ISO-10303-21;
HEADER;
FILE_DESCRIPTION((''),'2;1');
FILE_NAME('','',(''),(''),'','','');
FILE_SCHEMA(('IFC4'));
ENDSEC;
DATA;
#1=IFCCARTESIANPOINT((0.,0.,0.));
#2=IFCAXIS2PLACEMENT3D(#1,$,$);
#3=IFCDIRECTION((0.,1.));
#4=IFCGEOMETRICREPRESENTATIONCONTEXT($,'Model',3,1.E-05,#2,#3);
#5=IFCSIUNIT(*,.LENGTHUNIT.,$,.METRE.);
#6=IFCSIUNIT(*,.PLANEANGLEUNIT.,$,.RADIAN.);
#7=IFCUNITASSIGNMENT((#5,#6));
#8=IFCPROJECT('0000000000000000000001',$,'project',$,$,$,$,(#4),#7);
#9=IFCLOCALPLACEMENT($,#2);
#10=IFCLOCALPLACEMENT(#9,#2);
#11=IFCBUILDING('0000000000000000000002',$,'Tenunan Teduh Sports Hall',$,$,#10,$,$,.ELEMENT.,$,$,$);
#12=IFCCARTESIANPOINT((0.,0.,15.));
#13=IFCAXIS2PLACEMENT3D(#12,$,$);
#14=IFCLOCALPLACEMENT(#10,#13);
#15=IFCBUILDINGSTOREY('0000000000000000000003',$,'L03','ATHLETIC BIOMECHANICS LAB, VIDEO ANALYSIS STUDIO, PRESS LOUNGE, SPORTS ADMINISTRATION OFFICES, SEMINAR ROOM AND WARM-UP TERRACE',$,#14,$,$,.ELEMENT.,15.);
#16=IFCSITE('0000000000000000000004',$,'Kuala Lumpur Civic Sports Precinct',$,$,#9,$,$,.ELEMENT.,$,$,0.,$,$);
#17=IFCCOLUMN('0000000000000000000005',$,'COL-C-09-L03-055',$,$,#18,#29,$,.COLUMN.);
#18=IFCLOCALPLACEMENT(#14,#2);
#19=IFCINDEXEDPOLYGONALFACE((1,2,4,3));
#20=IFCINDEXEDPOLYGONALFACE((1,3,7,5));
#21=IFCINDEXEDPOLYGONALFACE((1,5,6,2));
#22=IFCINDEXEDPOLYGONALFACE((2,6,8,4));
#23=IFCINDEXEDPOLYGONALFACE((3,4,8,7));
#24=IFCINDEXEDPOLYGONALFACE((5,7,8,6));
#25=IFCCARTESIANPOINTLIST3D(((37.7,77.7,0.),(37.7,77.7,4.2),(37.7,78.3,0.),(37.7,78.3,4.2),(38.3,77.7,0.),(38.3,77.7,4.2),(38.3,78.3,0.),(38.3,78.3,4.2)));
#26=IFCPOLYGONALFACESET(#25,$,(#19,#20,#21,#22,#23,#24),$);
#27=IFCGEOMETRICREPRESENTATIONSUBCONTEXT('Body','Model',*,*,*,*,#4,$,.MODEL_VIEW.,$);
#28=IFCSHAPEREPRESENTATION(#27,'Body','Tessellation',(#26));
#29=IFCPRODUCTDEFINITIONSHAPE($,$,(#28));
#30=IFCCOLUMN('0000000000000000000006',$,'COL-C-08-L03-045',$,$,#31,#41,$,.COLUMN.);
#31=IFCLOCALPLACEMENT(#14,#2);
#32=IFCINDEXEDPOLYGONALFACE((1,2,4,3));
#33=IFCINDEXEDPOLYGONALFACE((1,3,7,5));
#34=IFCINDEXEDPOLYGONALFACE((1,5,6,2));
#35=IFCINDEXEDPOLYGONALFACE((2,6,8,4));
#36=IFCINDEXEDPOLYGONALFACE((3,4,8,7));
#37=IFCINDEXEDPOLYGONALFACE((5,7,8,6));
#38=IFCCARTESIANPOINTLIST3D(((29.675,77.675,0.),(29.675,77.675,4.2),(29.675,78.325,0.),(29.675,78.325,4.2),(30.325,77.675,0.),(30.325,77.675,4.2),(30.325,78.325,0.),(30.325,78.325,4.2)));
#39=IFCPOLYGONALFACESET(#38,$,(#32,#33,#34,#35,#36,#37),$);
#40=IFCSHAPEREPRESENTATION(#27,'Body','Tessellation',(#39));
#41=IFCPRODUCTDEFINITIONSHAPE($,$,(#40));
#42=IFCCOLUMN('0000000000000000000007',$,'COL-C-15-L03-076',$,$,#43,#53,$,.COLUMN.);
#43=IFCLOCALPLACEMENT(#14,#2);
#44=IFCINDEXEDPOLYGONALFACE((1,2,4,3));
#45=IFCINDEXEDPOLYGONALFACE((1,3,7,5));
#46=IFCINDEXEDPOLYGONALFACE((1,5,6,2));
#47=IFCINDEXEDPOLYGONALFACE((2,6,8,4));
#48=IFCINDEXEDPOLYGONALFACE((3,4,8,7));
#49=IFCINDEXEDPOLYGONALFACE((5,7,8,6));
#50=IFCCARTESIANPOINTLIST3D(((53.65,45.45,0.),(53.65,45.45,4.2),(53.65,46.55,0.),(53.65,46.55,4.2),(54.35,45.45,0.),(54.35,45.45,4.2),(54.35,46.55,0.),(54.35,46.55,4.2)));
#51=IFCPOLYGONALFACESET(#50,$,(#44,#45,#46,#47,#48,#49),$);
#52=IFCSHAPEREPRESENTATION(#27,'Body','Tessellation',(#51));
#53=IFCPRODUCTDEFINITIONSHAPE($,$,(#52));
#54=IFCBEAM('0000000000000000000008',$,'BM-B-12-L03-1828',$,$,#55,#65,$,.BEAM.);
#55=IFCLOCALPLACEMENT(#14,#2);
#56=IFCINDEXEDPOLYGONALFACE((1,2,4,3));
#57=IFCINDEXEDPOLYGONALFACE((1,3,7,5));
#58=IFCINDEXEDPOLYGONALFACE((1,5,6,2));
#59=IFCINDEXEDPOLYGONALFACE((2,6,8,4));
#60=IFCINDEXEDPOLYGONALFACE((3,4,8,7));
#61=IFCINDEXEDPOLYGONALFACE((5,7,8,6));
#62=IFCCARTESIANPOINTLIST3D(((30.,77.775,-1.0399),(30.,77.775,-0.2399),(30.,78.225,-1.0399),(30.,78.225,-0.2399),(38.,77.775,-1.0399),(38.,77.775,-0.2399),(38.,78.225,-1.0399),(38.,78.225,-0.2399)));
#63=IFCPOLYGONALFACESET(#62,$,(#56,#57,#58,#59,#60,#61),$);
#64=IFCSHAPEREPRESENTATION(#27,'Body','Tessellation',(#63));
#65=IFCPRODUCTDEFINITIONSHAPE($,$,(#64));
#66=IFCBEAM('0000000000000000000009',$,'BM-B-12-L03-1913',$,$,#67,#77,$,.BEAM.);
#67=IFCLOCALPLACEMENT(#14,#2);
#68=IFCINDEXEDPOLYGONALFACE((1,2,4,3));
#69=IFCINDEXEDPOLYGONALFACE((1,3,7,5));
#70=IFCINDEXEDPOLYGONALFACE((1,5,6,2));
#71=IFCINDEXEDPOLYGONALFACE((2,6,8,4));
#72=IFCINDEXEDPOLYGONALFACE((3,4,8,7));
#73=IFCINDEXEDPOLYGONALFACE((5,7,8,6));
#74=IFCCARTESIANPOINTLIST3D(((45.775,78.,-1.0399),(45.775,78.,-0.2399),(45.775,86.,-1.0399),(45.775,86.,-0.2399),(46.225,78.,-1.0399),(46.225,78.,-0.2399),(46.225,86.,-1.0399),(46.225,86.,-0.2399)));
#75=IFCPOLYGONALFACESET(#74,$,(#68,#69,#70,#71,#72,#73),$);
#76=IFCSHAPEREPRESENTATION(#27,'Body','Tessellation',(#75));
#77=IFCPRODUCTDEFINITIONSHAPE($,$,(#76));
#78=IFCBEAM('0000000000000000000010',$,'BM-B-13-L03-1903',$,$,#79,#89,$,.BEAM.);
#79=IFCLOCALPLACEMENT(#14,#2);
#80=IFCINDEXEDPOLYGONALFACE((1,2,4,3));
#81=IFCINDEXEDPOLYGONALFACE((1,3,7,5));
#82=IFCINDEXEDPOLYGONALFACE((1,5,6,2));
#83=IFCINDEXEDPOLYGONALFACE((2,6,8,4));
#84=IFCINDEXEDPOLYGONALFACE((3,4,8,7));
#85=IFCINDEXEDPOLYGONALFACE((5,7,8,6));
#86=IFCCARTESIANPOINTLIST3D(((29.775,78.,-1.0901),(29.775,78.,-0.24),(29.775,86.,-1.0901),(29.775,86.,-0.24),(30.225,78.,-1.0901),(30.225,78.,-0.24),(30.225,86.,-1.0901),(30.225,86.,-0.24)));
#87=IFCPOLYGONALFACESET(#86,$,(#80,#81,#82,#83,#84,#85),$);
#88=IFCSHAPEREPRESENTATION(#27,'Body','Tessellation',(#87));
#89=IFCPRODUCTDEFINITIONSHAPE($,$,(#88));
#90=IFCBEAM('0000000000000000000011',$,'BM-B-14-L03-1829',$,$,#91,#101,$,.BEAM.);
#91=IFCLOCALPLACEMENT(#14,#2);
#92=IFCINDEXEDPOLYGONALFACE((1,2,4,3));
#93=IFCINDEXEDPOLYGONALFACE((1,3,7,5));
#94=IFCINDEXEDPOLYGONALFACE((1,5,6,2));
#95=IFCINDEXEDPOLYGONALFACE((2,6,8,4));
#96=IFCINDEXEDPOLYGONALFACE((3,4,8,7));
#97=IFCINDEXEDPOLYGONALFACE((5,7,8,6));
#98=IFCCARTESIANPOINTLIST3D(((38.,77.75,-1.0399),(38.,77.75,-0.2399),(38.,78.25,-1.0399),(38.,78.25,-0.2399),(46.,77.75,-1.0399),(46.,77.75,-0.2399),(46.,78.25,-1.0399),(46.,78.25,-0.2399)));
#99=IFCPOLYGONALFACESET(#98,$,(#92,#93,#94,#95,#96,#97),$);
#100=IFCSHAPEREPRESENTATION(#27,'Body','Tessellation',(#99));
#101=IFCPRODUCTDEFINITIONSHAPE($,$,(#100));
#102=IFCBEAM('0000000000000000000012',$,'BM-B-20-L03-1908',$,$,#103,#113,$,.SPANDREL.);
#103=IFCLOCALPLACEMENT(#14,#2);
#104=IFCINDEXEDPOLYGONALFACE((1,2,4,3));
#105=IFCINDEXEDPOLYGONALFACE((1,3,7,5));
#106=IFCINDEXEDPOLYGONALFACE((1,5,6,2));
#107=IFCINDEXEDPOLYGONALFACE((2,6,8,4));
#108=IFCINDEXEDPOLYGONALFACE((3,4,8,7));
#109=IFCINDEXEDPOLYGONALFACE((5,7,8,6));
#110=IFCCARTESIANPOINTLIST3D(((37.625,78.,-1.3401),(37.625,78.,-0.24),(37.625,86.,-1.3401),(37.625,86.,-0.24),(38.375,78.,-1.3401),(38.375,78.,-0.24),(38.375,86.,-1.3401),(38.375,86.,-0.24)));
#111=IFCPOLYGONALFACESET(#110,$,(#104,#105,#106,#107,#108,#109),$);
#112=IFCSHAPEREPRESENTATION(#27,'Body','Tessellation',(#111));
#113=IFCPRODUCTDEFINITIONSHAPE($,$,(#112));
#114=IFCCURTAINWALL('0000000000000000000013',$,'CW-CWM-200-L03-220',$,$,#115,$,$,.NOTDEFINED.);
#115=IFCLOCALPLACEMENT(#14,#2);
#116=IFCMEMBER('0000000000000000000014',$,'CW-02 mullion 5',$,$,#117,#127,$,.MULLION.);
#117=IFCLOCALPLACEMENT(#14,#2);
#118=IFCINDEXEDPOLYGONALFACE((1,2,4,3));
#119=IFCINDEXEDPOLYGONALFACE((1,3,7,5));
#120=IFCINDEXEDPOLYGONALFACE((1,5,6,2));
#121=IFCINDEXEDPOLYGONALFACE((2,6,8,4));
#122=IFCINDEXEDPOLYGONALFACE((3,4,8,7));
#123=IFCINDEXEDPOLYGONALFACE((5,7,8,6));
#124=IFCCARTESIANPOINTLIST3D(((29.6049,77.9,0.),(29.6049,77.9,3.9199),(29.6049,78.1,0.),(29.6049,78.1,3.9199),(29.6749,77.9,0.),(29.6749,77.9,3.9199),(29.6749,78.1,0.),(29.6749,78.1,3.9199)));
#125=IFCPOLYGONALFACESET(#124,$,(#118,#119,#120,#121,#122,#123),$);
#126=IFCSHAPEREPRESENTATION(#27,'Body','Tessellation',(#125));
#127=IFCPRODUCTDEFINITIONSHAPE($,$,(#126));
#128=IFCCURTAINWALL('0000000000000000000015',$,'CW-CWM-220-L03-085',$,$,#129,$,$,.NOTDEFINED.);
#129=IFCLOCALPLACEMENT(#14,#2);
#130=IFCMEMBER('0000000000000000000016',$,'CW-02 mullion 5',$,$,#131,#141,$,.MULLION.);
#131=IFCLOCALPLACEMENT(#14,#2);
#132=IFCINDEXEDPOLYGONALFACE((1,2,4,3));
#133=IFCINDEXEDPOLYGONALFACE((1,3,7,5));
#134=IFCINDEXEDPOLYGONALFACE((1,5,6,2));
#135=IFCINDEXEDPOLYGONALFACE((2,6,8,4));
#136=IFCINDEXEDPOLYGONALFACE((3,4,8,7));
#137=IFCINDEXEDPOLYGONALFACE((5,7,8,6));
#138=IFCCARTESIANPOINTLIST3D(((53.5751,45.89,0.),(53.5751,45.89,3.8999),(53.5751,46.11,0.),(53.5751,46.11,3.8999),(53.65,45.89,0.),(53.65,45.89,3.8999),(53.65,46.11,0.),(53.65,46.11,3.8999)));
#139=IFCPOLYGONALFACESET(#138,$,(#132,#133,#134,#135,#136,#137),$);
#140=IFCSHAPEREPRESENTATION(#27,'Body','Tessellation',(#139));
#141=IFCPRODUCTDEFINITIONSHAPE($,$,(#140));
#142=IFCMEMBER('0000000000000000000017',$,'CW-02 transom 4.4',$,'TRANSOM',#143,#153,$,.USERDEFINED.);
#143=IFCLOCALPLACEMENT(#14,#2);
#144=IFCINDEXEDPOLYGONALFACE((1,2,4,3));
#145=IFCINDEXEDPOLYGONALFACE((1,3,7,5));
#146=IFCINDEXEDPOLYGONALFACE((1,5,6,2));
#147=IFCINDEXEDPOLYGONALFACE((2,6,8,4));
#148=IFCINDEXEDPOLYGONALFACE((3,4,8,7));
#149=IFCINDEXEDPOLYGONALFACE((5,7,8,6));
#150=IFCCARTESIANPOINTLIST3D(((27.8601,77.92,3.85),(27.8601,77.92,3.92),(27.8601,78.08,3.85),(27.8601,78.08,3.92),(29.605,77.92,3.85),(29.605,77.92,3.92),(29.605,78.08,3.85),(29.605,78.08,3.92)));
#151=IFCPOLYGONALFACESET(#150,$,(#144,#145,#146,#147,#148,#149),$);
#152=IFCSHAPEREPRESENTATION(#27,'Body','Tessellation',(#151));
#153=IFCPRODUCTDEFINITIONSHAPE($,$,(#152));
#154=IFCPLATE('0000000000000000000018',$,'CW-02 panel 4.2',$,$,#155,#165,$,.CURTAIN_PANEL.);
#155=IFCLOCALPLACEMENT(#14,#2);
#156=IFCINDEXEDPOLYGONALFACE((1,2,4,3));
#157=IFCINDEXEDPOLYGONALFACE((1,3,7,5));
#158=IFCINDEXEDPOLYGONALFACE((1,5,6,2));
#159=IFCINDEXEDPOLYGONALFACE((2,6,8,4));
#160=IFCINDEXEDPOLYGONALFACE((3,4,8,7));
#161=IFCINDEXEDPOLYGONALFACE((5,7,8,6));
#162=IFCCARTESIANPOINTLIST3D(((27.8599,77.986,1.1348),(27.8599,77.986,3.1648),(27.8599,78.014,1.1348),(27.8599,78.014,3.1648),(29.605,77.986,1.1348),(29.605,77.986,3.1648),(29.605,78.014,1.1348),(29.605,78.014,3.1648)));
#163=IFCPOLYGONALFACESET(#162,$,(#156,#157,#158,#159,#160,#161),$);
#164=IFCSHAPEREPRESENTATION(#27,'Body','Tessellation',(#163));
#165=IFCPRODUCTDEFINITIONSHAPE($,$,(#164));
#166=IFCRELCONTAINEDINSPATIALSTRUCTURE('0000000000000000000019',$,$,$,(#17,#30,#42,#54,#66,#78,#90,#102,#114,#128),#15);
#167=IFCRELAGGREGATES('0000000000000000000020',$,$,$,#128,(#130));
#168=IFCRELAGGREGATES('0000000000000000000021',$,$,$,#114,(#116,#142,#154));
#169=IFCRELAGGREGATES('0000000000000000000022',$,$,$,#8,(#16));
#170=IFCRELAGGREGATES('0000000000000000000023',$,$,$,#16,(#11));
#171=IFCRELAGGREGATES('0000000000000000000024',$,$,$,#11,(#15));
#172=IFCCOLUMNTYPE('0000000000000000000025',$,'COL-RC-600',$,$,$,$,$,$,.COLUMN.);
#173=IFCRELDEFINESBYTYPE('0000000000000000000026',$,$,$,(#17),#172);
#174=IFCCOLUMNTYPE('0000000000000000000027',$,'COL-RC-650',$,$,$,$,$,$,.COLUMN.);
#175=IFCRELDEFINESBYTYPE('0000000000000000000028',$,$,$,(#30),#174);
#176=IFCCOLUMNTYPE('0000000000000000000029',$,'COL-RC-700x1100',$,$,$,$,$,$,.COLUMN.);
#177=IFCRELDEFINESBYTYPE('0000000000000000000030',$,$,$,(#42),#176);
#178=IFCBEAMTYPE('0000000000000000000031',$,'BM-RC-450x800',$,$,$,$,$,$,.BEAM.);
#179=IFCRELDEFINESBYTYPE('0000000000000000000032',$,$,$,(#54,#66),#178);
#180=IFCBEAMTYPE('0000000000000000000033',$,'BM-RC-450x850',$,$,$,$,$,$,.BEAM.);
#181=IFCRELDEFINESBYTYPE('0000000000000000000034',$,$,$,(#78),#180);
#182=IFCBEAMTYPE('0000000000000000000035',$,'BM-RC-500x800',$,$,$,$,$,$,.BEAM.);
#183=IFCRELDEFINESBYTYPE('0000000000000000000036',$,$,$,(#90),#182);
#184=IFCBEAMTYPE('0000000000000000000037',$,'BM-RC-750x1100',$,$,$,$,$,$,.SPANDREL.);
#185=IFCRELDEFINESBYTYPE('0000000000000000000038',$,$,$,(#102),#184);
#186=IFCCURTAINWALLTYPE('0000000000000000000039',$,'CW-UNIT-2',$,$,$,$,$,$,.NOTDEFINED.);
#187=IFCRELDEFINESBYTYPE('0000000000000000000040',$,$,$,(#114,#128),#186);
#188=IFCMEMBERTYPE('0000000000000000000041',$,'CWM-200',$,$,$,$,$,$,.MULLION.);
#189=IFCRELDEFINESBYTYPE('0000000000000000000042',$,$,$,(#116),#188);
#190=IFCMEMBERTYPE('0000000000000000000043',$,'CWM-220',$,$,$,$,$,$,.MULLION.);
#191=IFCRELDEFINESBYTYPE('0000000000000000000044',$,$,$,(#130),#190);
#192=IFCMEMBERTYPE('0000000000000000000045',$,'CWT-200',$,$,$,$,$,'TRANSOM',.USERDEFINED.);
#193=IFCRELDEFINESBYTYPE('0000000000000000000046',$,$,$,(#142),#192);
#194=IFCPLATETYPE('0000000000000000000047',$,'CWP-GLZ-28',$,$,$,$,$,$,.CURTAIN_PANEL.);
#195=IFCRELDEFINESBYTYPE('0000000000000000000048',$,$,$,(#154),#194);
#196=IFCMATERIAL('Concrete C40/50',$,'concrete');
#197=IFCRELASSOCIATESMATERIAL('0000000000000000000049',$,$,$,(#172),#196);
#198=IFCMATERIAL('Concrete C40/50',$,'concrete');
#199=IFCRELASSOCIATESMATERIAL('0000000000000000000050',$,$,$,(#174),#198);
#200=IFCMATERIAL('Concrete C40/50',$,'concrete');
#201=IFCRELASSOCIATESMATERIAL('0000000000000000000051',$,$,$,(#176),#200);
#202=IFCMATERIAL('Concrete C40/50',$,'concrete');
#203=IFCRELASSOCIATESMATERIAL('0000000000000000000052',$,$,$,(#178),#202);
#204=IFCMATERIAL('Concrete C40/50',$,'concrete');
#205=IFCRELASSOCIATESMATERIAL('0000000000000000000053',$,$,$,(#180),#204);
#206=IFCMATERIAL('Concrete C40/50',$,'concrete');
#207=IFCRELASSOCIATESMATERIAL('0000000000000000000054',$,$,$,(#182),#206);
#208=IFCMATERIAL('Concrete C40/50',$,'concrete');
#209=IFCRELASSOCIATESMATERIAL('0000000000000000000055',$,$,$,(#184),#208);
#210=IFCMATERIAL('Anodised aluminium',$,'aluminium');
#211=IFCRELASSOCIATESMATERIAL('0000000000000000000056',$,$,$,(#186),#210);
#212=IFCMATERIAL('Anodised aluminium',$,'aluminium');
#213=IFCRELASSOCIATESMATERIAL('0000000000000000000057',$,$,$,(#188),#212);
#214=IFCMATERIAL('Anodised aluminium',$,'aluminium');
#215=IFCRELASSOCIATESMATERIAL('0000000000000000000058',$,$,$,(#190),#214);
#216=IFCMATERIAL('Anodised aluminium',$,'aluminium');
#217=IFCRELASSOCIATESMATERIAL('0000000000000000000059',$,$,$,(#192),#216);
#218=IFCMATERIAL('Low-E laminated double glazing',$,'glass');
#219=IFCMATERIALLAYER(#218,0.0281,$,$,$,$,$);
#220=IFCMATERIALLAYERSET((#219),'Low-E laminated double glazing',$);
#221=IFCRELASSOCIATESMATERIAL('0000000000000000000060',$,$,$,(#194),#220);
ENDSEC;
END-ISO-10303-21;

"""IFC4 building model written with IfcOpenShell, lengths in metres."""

from ifc_helpers import new_model, si_unit, direction, frame, origin, origin_2d, place, context, subcontext, project, spatial, rectangle, extrude, material, layer, layer_set, material_profile, profile_set, type_object, element, aggregate, save


model = new_model("IFC4")

# Units and contexts
model_context = context("Model", 3, precision=1e-05, world=origin(), true_north=direction((0.0, 1.0)))
body_context = subcontext(model_context, "Body", "Model", "MODEL_VIEW")
ifc_project = project(units=[si_unit("LENGTHUNIT", "METRE"), si_unit("PLANEANGLEUNIT", "RADIAN")], contexts=[model_context])

# Site, building, storey
site_placement = place(None, origin())
site = spatial("IfcSite", under=ifc_project, at=site_placement, Name="Kuala Lumpur Civic Sports Precinct", CompositionType="ELEMENT", RefElevation=0.0)
building_placement = place(site_placement, origin())
building = spatial("IfcBuilding", under=site, at=building_placement, Name="Tenunan Teduh Sports Hall", CompositionType="ELEMENT")
storey_placement = place(building_placement, frame((0.0, 0.0, 15.0)))
storey = spatial("IfcBuildingStorey", under=building, at=storey_placement, Name="L03", Description="ATHLETIC BIOMECHANICS LAB, VIDEO ANALYSIS STUDIO, PRESS LOUNGE, SPORTS ADMINISTRATION OFFICES, SEMINAR ROOM AND WARM-UP TERRACE", CompositionType="ELEMENT", Elevation=15.0)

# Columns
ifc_material_1 = material(Name="Concrete C40/50", Category="concrete")
ifc_material_profile_1 = material_profile(ifc_material_1, rectangle(XDim=0.6001, YDim=0.6001, at=origin_2d()), Name="RC 600x600")
ifc_profile_set_1 = profile_set([ifc_material_profile_1], Name="Concrete C40/50")
column_type_1 = type_object("IfcColumnType", Name="COL-RC-600", PredefinedType="COLUMN", material=ifc_profile_set_1)
column_1_placement = place(storey_placement, frame((38.0, 78.0, 0.0), z_axis=(0.0, 0.0, 1.0), x_axis=(1.0, 0.0, 0.0)))
element("IfcColumn", 1, at=column_1_placement, inside=storey, type_object=column_type_1, Name="COL-C-09-L03-055", PredefinedType="COLUMN", context=body_context, shape_type="SweptSolid", body=[
    extrude(rectangle(XDim=0.6001, YDim=0.6001, at=origin_2d()), origin(), (0.0, 0.0, 1.0), 4.2),
])
ifc_material_2 = material(Name="Concrete C40/50", Category="concrete")
ifc_material_profile_2 = material_profile(ifc_material_2, rectangle(XDim=0.6499, YDim=0.6499, at=origin_2d()), Name="RC 650x650")
ifc_profile_set_2 = profile_set([ifc_material_profile_2], Name="Concrete C40/50")
column_type_2 = type_object("IfcColumnType", Name="COL-RC-650", PredefinedType="COLUMN", material=ifc_profile_set_2)
column_2_placement = place(storey_placement, frame((30.0, 78.0, 0.0), z_axis=(0.0, 0.0, 1.0), x_axis=(1.0, 0.0, 0.0)))
element("IfcColumn", 2, at=column_2_placement, inside=storey, type_object=column_type_2, Name="COL-C-08-L03-045", PredefinedType="COLUMN", context=body_context, shape_type="SweptSolid", body=[
    extrude(rectangle(XDim=0.6499, YDim=0.6499, at=origin_2d()), origin(), (0.0, 0.0, 1.0), 4.2),
])
ifc_material_3 = material(Name="Concrete C40/50", Category="concrete")
ifc_material_profile_3 = material_profile(ifc_material_3, rectangle(XDim=0.7, YDim=1.1001, at=origin_2d()), Name="RC 700x1100")
ifc_profile_set_3 = profile_set([ifc_material_profile_3], Name="Concrete C40/50")
column_type_3 = type_object("IfcColumnType", Name="COL-RC-700x1100", PredefinedType="COLUMN", material=ifc_profile_set_3)
column_3_placement = place(storey_placement, frame((54.0, 46.0, 0.0), z_axis=(0.0, 0.0, 1.0), x_axis=(1.0, 0.0, 0.0)))
element("IfcColumn", 3, at=column_3_placement, inside=storey, type_object=column_type_3, Name="COL-C-15-L03-076", PredefinedType="COLUMN", context=body_context, shape_type="SweptSolid", body=[
    extrude(rectangle(XDim=0.7, YDim=1.1001, at=origin_2d()), origin(), (0.0, 0.0, 1.0), 4.2),
])

# Beams
ifc_material_4 = material(Name="Concrete C40/50", Category="concrete")
ifc_material_profile_4 = material_profile(ifc_material_4, rectangle(XDim=0.45, YDim=0.8, at=origin_2d()), Name="RCB 450x800")
ifc_profile_set_4 = profile_set([ifc_material_profile_4], Name="Concrete C40/50")
beam_type_1 = type_object("IfcBeamType", Name="BM-RC-450x800", PredefinedType="BEAM", material=ifc_profile_set_4)
for number, where, z_axis, x_axis, name in (
    (4, (30.0, 78.0, -0.6399), (1.0, 0.0, 0.0), (0.0, 1.0, 0.0), "BM-B-12-L03-1828"),
    (5, (46.0, 78.0, -0.6399), (0.0, 1.0, 0.0), (-1.0, 0.0, 0.0), "BM-B-12-L03-1913"),
):
    element("IfcBeam", number, at=place(storey_placement, frame(where, z_axis=z_axis, x_axis=x_axis)), inside=storey, type_object=beam_type_1, Name=name, PredefinedType="BEAM", context=body_context, shape_type="SweptSolid", body=[
        extrude(rectangle(XDim=0.45, YDim=0.8, at=origin_2d()), origin(), (0.0, 0.0, 1.0), 8.0),
    ])
ifc_material_5 = material(Name="Concrete C40/50", Category="concrete")
ifc_material_profile_5 = material_profile(ifc_material_5, rectangle(XDim=0.45, YDim=0.8501, at=origin_2d()), Name="RCB 450x850")
ifc_profile_set_5 = profile_set([ifc_material_profile_5], Name="Concrete C40/50")
beam_type_2 = type_object("IfcBeamType", Name="BM-RC-450x850", PredefinedType="BEAM", material=ifc_profile_set_5)
beam_1_placement = place(storey_placement, frame((30.0, 78.0, -0.665), z_axis=(0.0, 1.0, 0.0), x_axis=(-1.0, 0.0, 0.0)))
element("IfcBeam", 6, at=beam_1_placement, inside=storey, type_object=beam_type_2, Name="BM-B-13-L03-1903", PredefinedType="BEAM", context=body_context, shape_type="SweptSolid", body=[
    extrude(rectangle(XDim=0.45, YDim=0.8501, at=origin_2d()), origin(), (0.0, 0.0, 1.0), 8.0),
])
ifc_material_6 = material(Name="Concrete C40/50", Category="concrete")
ifc_material_profile_6 = material_profile(ifc_material_6, rectangle(XDim=0.5, YDim=0.8, at=origin_2d()), Name="RCB 500x800")
ifc_profile_set_6 = profile_set([ifc_material_profile_6], Name="Concrete C40/50")
beam_type_3 = type_object("IfcBeamType", Name="BM-RC-500x800", PredefinedType="BEAM", material=ifc_profile_set_6)
beam_2_placement = place(storey_placement, frame((38.0, 78.0, -0.6399), z_axis=(1.0, 0.0, 0.0), x_axis=(0.0, 1.0, 0.0)))
element("IfcBeam", 7, at=beam_2_placement, inside=storey, type_object=beam_type_3, Name="BM-B-14-L03-1829", PredefinedType="BEAM", context=body_context, shape_type="SweptSolid", body=[
    extrude(rectangle(XDim=0.5, YDim=0.8, at=origin_2d()), origin(), (0.0, 0.0, 1.0), 8.0),
])
ifc_material_7 = material(Name="Concrete C40/50", Category="concrete")
ifc_material_profile_7 = material_profile(ifc_material_7, rectangle(XDim=0.75, YDim=1.1001, at=origin_2d()), Name="RCB 750x1100")
ifc_profile_set_7 = profile_set([ifc_material_profile_7], Name="Concrete C40/50")
beam_type_4 = type_object("IfcBeamType", Name="BM-RC-750x1100", PredefinedType="SPANDREL", material=ifc_profile_set_7)
beam_3_placement = place(storey_placement, frame((38.0, 78.0, -0.79), z_axis=(0.0, 1.0, 0.0), x_axis=(-1.0, 0.0, 0.0)))
element("IfcBeam", 8, at=beam_3_placement, inside=storey, type_object=beam_type_4, Name="BM-B-20-L03-1908", PredefinedType="SPANDREL", context=body_context, shape_type="SweptSolid", body=[
    extrude(rectangle(XDim=0.75, YDim=1.1001, at=origin_2d()), origin(), (0.0, 0.0, 1.0), 8.0),
])

# Curtain walls, members
ifc_material_8 = material(Name="Anodised aluminium", Category="aluminium")
curtain_wall_type = type_object("IfcCurtainWallType", Name="CW-UNIT-2", PredefinedType="NOTDEFINED", material=ifc_material_8)
curtain_wall_1_placement = place(storey_placement, origin())
curtain_wall_1 = element("IfcCurtainWall", 9, at=curtain_wall_1_placement, inside=storey, type_object=curtain_wall_type, Name="CW-CWM-200-L03-220", PredefinedType="NOTDEFINED")
ifc_material_9 = material(Name="Anodised aluminium", Category="aluminium")
ifc_material_profile_8 = material_profile(ifc_material_9, rectangle(XDim=0.0701, YDim=0.2, at=origin_2d()), Name="CWM 70x200")
ifc_profile_set_8 = profile_set([ifc_material_profile_8], Name="Anodised aluminium")
member_type_1 = type_object("IfcMemberType", Name="CWM-200", PredefinedType="MULLION", material=ifc_profile_set_8)
member_1_placement = place(storey_placement, frame((29.6399, 78.0, 0.0), z_axis=(0.0, 0.0, 1.0), x_axis=(1.0, 0.0, 0.0)))
member_1 = element("IfcMember", 10, at=member_1_placement, type_object=member_type_1, Name="CW-02 mullion 5", PredefinedType="MULLION", context=body_context, shape_type="SweptSolid", body=[
    extrude(rectangle(XDim=0.0701, YDim=0.2, at=origin_2d()), origin(), (0.0, 0.0, 1.0), 3.9199),
])
curtain_wall_2_placement = place(storey_placement, origin())
curtain_wall_2 = element("IfcCurtainWall", 11, at=curtain_wall_2_placement, inside=storey, type_object=curtain_wall_type, Name="CW-CWM-220-L03-085", PredefinedType="NOTDEFINED")
ifc_material_10 = material(Name="Anodised aluminium", Category="aluminium")
ifc_material_profile_9 = material_profile(ifc_material_10, rectangle(XDim=0.075, YDim=0.22, at=origin_2d()), Name="CWM 75x220")
ifc_profile_set_9 = profile_set([ifc_material_profile_9], Name="Anodised aluminium")
member_type_2 = type_object("IfcMemberType", Name="CWM-220", PredefinedType="MULLION", material=ifc_profile_set_9)
member_2_placement = place(storey_placement, frame((53.6125, 46.0, 0.0), z_axis=(0.0, 0.0, 1.0), x_axis=(1.0, 0.0, 0.0)))
member_2 = element("IfcMember", 12, at=member_2_placement, type_object=member_type_2, Name="CW-02 mullion 5", PredefinedType="MULLION", context=body_context, shape_type="SweptSolid", body=[
    extrude(rectangle(XDim=0.075, YDim=0.22, at=origin_2d()), origin(), (0.0, 0.0, 1.0), 3.8999),
])

# Member
ifc_material_11 = material(Name="Anodised aluminium", Category="aluminium")
ifc_material_profile_10 = material_profile(ifc_material_11, rectangle(XDim=0.0701, YDim=0.1599, at=origin_2d()), Name="CWT 70x160")
ifc_profile_set_10 = profile_set([ifc_material_profile_10], Name="Anodised aluminium")
member_type_3 = type_object("IfcMemberType", Name="CWT-200", ElementType="TRANSOM", PredefinedType="USERDEFINED", material=ifc_profile_set_10)
member_3_placement = place(storey_placement, frame((27.8601, 78.0, 3.885), z_axis=(1.0, 0.0, 0.0), x_axis=(0.0, 0.0, 1.0)))
member_3 = element("IfcMember", 13, at=member_3_placement, type_object=member_type_3, Name="CW-02 transom 4.4", ObjectType="TRANSOM", PredefinedType="USERDEFINED", context=body_context, shape_type="SweptSolid", body=[
    extrude(rectangle(XDim=0.0701, YDim=0.1599, at=origin_2d()), origin(), (0.0, 0.0, 1.0), 1.7449),
])

# Plate
ifc_material_12 = material(Name="Low-E laminated double glazing", Category="glass")
ifc_layer_1 = layer(ifc_material_12, 0.0281)
ifc_layer_set_1 = layer_set([ifc_layer_1], Name="Low-E laminated double glazing")
plate_type_1 = type_object("IfcPlateType", Name="CWP-GLZ-28", PredefinedType="CURTAIN_PANEL", material=ifc_layer_set_1)
plate_1_placement = place(storey_placement, frame((28.7324, 78.0, 1.1348), z_axis=(0.0, 0.0, 1.0), x_axis=(1.0, 0.0, 0.0)))
plate_1 = element("IfcPlate", 14, at=plate_1_placement, type_object=plate_type_1, Name="CW-02 panel 4.2", PredefinedType="CURTAIN_PANEL", context=body_context, shape_type="SweptSolid", body=[
    extrude(rectangle(XDim=1.7451, YDim=0.0281, at=origin_2d()), origin(), (0.0, 0.0, 1.0), 2.03),
])
aggregate(curtain_wall_2, [member_2])
aggregate(curtain_wall_1, [member_1, member_3, plate_1])

save(model, "model.ifc")
